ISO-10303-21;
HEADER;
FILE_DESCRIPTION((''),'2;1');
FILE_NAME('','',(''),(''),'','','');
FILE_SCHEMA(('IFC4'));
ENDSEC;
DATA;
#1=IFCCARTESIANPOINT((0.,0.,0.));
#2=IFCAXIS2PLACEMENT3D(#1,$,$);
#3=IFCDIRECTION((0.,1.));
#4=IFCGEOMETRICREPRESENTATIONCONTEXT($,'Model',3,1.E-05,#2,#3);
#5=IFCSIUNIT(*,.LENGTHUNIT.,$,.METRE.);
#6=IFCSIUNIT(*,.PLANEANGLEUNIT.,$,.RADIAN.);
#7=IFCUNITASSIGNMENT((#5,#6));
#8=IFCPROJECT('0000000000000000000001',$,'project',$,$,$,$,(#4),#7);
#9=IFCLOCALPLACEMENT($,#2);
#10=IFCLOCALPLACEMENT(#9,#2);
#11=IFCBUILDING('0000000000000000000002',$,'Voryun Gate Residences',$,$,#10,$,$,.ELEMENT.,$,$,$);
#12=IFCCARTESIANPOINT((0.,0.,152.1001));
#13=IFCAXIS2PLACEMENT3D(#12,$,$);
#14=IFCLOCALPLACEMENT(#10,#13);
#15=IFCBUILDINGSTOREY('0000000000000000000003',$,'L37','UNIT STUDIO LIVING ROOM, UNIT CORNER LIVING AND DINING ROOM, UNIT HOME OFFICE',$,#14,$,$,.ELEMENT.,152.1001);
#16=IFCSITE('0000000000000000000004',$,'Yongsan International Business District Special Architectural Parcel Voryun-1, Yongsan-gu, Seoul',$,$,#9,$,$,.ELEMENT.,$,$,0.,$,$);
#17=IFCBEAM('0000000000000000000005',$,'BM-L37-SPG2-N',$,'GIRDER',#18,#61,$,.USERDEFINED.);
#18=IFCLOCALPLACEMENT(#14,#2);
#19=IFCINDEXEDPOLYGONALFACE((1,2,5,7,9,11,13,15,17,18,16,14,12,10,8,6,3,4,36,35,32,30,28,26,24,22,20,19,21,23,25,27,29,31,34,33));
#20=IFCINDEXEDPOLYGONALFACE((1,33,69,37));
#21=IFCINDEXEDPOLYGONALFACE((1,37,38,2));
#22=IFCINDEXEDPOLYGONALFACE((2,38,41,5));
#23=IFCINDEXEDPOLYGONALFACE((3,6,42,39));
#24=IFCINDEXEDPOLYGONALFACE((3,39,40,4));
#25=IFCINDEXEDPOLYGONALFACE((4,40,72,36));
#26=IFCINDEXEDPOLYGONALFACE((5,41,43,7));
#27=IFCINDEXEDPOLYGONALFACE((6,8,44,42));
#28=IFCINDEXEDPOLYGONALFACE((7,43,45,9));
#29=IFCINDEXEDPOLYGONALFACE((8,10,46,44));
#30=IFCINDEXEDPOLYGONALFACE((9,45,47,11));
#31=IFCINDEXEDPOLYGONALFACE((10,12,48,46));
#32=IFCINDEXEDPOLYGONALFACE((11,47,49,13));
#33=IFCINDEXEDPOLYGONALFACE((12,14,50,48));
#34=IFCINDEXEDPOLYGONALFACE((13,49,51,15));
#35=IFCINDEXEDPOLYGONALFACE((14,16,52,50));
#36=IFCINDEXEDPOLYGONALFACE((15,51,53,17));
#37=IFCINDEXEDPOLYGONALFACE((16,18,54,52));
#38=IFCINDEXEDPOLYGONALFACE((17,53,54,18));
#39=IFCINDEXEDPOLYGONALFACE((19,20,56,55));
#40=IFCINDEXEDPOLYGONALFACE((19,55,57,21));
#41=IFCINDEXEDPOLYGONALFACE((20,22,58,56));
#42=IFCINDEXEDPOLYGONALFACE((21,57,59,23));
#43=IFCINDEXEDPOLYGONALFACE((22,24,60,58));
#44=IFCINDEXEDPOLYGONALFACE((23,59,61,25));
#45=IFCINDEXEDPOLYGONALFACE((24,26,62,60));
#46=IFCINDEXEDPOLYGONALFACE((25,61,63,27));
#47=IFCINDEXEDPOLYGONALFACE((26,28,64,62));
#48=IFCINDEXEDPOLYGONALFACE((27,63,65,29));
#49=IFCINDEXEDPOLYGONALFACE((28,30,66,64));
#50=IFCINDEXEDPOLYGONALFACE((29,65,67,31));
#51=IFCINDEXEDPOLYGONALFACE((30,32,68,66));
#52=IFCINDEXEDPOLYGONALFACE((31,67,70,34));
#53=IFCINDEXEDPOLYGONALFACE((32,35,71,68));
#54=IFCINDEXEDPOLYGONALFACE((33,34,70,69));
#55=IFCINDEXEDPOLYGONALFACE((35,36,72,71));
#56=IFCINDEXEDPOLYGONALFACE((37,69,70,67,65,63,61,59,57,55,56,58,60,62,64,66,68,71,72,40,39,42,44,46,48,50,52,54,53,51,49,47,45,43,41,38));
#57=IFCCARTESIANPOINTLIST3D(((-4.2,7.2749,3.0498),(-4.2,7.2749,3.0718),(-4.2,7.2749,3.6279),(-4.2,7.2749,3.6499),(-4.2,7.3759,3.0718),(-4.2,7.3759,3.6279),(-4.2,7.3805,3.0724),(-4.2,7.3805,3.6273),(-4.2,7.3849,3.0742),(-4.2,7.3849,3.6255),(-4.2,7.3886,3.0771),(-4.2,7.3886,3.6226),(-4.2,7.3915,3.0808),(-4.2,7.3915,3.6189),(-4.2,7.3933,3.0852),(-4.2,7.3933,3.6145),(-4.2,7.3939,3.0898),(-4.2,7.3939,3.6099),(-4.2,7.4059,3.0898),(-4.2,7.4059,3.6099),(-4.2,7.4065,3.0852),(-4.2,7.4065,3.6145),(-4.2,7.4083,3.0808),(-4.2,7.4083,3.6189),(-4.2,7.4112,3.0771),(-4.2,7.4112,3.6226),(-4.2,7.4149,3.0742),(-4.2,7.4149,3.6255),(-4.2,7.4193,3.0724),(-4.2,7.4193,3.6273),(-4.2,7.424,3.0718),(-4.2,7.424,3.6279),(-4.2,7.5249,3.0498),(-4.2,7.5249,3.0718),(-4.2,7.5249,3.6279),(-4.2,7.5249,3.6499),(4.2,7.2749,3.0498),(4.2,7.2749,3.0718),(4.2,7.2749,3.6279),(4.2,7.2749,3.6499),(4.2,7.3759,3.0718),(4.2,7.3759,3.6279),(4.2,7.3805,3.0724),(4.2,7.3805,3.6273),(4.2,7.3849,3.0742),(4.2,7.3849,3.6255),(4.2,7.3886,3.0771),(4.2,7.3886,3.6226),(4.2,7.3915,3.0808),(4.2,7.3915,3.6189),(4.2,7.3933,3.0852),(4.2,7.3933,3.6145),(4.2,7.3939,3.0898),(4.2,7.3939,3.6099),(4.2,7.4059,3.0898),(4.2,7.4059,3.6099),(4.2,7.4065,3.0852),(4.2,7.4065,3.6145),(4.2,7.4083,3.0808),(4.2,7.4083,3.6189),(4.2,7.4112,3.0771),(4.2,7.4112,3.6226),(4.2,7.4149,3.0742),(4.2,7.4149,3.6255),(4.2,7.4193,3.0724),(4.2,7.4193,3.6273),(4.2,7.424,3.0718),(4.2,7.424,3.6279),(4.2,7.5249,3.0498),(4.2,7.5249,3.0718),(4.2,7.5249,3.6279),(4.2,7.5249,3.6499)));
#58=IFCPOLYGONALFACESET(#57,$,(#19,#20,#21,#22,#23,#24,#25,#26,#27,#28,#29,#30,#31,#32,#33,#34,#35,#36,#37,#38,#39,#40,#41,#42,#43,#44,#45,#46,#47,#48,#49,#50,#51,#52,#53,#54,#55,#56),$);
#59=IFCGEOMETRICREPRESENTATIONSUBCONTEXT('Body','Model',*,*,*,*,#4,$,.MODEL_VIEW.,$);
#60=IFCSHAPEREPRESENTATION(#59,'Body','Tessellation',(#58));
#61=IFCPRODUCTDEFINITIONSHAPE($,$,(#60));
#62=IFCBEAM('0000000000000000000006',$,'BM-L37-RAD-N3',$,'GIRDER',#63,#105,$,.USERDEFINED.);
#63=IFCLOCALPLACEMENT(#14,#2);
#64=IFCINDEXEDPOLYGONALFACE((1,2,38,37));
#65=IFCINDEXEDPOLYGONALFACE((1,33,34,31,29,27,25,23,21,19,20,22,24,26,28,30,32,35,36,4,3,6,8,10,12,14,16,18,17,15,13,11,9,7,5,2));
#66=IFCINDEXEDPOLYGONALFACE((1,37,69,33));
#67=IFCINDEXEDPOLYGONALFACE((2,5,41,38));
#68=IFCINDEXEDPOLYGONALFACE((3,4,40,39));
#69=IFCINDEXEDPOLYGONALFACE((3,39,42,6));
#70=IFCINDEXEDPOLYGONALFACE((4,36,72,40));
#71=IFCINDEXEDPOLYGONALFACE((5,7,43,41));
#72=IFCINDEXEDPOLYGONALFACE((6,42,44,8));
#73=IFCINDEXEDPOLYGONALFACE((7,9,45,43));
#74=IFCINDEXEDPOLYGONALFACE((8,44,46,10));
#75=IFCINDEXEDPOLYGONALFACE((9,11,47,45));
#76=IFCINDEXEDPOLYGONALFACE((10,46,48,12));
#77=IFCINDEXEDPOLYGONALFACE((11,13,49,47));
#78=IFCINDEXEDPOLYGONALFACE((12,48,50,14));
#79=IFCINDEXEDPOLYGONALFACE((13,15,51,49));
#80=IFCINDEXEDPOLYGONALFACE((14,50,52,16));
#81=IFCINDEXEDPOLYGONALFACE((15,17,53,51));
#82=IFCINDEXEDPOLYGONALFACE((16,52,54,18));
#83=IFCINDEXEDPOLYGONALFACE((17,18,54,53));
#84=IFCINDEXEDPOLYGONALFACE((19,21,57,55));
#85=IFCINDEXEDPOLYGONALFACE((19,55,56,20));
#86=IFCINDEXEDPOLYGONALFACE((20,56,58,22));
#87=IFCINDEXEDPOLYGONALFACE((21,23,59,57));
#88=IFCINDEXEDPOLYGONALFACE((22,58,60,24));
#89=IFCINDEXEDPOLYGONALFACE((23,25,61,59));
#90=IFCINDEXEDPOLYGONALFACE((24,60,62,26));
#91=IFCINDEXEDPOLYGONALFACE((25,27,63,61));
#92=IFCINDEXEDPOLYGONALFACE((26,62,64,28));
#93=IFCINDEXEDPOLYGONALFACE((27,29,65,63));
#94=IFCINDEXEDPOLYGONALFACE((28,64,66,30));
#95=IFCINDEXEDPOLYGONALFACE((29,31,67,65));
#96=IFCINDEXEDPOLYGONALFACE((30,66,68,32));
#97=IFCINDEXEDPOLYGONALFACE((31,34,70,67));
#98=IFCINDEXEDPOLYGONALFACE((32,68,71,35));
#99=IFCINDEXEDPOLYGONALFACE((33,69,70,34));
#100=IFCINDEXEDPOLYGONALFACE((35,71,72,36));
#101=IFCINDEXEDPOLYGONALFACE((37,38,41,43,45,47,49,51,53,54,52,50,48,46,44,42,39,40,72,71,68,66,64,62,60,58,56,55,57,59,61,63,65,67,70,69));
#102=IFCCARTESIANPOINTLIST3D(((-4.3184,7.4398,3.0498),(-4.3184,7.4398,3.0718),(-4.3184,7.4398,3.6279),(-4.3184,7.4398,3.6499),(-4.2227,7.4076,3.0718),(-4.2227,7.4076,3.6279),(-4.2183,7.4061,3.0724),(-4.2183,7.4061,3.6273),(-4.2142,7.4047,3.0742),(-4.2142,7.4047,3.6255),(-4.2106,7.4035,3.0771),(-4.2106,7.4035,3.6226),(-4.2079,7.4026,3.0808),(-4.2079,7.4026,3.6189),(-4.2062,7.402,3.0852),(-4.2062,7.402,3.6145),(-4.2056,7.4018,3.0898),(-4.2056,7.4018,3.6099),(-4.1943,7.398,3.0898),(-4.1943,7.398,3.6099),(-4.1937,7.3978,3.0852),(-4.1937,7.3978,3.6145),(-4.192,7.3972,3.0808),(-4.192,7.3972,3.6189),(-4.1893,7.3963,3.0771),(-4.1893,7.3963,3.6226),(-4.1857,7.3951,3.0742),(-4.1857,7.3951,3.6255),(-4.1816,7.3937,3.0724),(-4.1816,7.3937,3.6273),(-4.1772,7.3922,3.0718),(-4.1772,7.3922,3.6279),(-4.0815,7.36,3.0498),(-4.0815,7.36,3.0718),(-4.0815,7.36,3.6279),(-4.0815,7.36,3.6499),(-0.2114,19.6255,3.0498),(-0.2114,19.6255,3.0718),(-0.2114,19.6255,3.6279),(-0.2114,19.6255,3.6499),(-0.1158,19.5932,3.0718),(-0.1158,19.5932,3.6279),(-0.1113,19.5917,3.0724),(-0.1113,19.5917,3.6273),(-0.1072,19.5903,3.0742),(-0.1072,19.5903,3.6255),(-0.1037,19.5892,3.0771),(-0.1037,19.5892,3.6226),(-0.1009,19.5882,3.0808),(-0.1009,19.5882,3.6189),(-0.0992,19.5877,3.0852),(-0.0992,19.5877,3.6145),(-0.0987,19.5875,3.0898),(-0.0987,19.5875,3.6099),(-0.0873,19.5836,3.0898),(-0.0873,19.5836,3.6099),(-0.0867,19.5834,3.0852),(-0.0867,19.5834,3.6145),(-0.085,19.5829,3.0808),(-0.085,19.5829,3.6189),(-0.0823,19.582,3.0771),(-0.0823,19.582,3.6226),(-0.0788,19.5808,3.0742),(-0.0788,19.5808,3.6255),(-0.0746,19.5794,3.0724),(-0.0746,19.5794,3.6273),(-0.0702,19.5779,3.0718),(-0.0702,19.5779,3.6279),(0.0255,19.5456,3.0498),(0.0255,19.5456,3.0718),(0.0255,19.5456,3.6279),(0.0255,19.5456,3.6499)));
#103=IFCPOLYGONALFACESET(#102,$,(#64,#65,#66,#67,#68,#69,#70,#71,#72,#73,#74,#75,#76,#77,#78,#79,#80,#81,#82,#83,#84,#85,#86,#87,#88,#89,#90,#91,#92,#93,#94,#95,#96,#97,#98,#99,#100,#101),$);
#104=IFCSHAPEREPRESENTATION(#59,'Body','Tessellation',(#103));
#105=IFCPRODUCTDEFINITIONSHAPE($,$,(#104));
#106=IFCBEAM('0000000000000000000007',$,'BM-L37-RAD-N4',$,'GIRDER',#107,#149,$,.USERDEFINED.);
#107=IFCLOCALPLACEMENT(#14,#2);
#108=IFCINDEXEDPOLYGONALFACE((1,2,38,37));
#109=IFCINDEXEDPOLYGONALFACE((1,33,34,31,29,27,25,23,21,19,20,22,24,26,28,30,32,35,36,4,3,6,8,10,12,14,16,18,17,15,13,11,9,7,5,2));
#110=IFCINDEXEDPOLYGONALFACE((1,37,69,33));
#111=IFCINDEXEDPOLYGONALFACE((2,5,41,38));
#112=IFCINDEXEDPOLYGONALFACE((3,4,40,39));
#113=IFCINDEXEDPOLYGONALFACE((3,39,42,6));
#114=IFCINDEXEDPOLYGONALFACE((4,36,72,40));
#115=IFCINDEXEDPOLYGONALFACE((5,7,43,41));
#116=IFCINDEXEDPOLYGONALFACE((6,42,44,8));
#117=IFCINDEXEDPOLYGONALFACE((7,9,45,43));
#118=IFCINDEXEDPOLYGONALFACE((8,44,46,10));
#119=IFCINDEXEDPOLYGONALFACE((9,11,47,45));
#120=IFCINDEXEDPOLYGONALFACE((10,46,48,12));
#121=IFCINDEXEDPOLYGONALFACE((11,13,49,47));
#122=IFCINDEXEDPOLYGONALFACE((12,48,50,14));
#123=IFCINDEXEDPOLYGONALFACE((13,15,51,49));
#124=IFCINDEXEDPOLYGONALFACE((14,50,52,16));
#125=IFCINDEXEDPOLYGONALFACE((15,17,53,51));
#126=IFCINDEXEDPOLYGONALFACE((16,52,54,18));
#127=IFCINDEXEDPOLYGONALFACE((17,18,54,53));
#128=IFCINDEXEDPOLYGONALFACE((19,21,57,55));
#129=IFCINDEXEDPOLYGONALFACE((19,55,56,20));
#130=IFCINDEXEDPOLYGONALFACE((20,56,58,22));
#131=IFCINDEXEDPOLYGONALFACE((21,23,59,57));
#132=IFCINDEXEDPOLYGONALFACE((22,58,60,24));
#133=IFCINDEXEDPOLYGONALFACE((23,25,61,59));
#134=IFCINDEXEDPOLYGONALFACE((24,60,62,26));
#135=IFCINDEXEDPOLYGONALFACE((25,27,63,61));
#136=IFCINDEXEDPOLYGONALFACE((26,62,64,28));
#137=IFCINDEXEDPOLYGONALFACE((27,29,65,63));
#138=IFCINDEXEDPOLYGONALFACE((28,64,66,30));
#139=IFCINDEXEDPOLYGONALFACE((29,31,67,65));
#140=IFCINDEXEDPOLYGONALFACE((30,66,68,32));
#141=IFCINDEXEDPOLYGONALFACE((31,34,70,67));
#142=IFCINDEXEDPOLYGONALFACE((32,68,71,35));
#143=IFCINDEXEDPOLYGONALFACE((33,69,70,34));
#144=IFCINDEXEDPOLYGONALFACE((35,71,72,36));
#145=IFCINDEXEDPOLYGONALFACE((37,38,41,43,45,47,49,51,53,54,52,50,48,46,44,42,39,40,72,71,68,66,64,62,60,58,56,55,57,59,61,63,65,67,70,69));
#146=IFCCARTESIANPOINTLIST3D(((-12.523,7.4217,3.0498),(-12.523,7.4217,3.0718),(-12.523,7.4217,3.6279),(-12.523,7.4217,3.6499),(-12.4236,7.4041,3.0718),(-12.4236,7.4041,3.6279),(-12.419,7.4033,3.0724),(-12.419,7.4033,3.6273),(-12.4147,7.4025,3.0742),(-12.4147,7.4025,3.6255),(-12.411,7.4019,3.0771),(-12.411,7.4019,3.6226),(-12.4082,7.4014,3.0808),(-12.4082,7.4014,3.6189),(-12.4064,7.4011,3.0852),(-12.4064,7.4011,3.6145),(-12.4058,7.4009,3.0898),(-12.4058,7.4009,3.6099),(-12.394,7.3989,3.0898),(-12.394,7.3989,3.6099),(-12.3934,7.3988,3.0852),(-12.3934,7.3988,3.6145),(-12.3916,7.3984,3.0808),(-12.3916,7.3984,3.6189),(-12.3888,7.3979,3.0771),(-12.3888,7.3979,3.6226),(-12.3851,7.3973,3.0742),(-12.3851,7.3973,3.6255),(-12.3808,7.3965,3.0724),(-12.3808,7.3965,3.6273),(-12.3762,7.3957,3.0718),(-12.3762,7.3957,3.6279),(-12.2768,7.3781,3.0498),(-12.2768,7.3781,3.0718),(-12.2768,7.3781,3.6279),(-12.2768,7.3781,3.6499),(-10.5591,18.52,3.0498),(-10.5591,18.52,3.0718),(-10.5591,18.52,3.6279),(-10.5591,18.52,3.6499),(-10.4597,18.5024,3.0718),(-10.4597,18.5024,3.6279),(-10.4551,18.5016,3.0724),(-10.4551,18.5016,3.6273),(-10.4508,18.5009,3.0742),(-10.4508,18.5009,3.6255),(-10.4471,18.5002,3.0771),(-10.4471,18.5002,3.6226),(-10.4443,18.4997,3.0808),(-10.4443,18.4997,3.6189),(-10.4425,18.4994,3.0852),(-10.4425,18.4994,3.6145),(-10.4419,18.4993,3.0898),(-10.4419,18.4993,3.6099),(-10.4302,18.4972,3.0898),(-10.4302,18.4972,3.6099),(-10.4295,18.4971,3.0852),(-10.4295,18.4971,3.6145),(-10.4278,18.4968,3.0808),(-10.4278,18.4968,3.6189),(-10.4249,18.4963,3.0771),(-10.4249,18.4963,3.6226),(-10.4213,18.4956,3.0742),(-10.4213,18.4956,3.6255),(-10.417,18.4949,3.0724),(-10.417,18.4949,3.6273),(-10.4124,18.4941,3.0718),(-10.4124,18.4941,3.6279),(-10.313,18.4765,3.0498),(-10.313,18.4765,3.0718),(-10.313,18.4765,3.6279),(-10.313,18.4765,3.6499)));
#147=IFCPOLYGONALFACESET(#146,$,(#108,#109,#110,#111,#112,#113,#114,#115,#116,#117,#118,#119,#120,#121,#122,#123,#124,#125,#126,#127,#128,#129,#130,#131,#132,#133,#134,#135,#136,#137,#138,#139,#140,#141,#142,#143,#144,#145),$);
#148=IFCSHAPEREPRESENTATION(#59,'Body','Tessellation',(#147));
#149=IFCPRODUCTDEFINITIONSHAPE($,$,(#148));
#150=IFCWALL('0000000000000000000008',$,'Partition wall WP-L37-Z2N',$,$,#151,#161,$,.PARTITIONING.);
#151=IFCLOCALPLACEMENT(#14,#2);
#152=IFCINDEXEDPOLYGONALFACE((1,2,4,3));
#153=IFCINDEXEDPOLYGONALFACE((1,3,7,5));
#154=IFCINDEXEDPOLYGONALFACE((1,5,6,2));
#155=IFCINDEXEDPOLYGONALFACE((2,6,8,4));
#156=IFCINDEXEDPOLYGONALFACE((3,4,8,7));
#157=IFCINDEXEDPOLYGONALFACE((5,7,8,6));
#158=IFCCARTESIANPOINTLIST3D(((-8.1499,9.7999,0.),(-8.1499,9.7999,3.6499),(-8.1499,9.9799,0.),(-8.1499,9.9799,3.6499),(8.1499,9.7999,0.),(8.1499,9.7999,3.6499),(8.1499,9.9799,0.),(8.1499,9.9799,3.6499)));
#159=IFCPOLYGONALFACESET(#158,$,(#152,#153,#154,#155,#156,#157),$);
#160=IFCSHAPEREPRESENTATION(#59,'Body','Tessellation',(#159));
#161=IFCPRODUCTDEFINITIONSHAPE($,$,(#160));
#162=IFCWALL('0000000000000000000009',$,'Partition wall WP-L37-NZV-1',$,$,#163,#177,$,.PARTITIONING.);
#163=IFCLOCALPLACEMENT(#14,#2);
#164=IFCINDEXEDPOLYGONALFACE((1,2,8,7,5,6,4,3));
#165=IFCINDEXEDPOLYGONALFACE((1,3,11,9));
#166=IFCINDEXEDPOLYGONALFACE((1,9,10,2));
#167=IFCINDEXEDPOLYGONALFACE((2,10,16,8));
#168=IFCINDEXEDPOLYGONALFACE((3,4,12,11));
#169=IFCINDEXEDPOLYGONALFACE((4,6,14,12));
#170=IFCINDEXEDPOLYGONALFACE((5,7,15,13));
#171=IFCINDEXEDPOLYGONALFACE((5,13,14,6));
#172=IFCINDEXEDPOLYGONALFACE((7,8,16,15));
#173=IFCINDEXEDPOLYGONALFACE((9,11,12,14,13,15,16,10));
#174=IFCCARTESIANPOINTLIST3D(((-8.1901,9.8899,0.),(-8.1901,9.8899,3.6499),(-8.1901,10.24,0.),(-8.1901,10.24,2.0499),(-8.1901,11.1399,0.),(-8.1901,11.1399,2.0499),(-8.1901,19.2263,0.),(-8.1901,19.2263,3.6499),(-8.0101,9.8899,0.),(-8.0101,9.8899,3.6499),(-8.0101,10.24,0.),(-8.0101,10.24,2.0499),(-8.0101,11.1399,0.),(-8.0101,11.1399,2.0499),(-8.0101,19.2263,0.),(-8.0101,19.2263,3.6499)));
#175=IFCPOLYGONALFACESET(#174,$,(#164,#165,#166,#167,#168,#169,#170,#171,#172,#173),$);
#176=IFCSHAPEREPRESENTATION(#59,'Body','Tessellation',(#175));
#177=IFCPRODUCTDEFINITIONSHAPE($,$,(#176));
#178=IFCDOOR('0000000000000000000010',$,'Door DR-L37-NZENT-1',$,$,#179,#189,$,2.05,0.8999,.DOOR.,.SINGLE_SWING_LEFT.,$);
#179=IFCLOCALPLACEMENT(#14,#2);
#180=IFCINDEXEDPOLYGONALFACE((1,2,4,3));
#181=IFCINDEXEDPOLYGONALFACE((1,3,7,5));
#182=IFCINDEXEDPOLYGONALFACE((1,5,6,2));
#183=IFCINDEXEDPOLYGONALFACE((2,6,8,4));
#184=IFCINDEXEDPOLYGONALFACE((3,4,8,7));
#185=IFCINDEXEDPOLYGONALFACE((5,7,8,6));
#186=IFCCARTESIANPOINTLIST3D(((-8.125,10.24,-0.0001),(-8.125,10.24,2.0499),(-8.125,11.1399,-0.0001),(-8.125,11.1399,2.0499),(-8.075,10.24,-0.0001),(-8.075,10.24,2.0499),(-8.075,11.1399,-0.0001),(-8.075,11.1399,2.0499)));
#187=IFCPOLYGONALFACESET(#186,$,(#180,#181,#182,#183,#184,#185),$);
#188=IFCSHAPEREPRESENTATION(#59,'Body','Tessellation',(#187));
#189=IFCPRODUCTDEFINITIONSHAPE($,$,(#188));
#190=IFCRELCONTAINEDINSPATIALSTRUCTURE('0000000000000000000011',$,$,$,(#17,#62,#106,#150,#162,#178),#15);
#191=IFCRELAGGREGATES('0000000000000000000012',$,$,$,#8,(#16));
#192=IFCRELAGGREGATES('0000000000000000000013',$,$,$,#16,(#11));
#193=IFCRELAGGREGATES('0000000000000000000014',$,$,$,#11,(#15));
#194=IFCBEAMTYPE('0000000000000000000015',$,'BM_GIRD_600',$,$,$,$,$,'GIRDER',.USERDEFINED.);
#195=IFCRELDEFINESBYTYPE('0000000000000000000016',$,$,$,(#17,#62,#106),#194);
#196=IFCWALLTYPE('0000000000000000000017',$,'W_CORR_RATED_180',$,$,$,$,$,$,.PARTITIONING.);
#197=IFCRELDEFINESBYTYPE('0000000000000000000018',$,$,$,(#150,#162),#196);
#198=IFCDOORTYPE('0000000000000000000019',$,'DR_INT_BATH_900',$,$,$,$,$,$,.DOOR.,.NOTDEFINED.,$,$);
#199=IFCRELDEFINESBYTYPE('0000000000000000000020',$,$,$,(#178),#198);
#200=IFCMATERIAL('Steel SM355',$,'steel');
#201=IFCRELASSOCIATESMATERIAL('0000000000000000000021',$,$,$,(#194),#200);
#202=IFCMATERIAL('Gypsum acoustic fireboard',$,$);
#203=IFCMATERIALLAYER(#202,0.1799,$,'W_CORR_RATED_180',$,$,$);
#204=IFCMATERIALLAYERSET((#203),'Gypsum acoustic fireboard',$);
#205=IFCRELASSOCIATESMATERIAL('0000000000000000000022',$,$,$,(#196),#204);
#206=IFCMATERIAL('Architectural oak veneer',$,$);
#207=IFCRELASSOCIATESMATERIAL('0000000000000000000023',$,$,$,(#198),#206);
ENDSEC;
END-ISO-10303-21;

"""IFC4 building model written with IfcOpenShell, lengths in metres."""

from ifc_helpers import new_model, si_unit, direction, frame, frame_2d, origin, origin_2d, place, context, subcontext, project, spatial, rectangle, i_section, extrude, material, layer, layer_set, material_profile, profile_set, type_object, element, fill, save


model = new_model("IFC4")

# Units and contexts
model_context = context("Model", 3, precision=1e-05, world=origin(), true_north=direction((0.0, 1.0)))
body_context = subcontext(model_context, "Body", "Model", "MODEL_VIEW")
ifc_project = project(units=[si_unit("LENGTHUNIT", "METRE"), si_unit("PLANEANGLEUNIT", "RADIAN")], contexts=[model_context])

# Site, building, storey
site_placement = place(None, origin())
site = spatial("IfcSite", under=ifc_project, at=site_placement, Name="Yongsan International Business District Special Architectural Parcel Voryun-1, Yongsan-gu, Seoul", CompositionType="ELEMENT", RefElevation=0.0)
building_placement = place(site_placement, origin())
building = spatial("IfcBuilding", under=site, at=building_placement, Name="Voryun Gate Residences", CompositionType="ELEMENT")
storey_placement = place(building_placement, frame((0.0, 0.0, 152.1001)))
storey = spatial("IfcBuildingStorey", under=building, at=storey_placement, Name="L37", Description="UNIT STUDIO LIVING ROOM, UNIT CORNER LIVING AND DINING ROOM, UNIT HOME OFFICE", CompositionType="ELEMENT", Elevation=152.1001)

# Beams
ifc_material_1 = material(Name="Steel SM355", Category="steel")
ifc_material_profile_1 = material_profile(ifc_material_1, i_section(OverallWidth=0.25, OverallDepth=0.6001, WebThickness=0.012, FlangeThickness=0.022, FilletRadius=0.0181, at=origin_2d()), Name="H-600x250x12x22")
ifc_profile_set_1 = profile_set([ifc_material_profile_1], Name="Steel SM355")
beam_type_1 = type_object("IfcBeamType", Name="BM_GIRD_600", ElementType="GIRDER", PredefinedType="USERDEFINED", material=ifc_profile_set_1)
beam_1_placement = place(storey_placement, frame((-4.2, 7.3999, 3.3499), z_axis=(1.0, 0.0, 0.0), x_axis=(0.0, 1.0, 0.0)))
element("IfcBeam", 1, at=beam_1_placement, inside=storey, type_object=beam_type_1, Name="BM-L37-SPG2-N", ObjectType="GIRDER", PredefinedType="USERDEFINED", context=body_context, shape_type="SweptSolid", body=[
    extrude(i_section(OverallWidth=0.25, OverallDepth=0.6001, WebThickness=0.012, FlangeThickness=0.022, FilletRadius=0.0181, at=origin_2d()), origin(), (0.0, 0.0, 1.0), 8.3999),
])
beam_2_placement = place(storey_placement, frame((-4.2, 7.3999, 3.3499), z_axis=(0.319381, 0.947626, 0.0), x_axis=(-0.947626, 0.319381, 0.0)))
element("IfcBeam", 2, at=beam_2_placement, inside=storey, type_object=beam_type_1, Name="BM-L37-RAD-N3", ObjectType="GIRDER", PredefinedType="USERDEFINED", context=body_context, shape_type="SweptSolid", body=[
    extrude(i_section(OverallWidth=0.25, OverallDepth=0.6001, WebThickness=0.012, FlangeThickness=0.022, FilletRadius=0.0181, at=origin_2d()), origin(), (0.0, 0.0, 1.0), 12.8591),
])
beam_3_placement = place(storey_placement, frame((-12.3999, 7.3999, 3.3499), z_axis=(0.174244, 0.984703, 0.0), x_axis=(-0.984703, 0.174244, 0.0)))
element("IfcBeam", 3, at=beam_3_placement, inside=storey, type_object=beam_type_1, Name="BM-L37-RAD-N4", ObjectType="GIRDER", PredefinedType="USERDEFINED", context=body_context, shape_type="SweptSolid", body=[
    extrude(i_section(OverallWidth=0.25, OverallDepth=0.6001, WebThickness=0.012, FlangeThickness=0.022, FilletRadius=0.0181, at=origin_2d()), origin(), (0.0, 0.0, 1.0), 11.2708),
])

# Wall
ifc_material_2 = material(Name="Gypsum acoustic fireboard")
ifc_layer_1 = layer(ifc_material_2, 0.1799, Name="W_CORR_RATED_180")
ifc_layer_set_1 = layer_set([ifc_layer_1], Name="Gypsum acoustic fireboard")
wall_type_1 = type_object("IfcWallType", Name="W_CORR_RATED_180", PredefinedType="PARTITIONING", material=ifc_layer_set_1)
wall_1_placement = place(storey_placement, frame((-8.1499, 9.8899, 0.0), z_axis=(0.0, 0.0, 1.0), x_axis=(1.0, 0.0, 0.0)))
element("IfcWall", 4, at=wall_1_placement, inside=storey, type_object=wall_type_1, Name="Partition wall WP-L37-Z2N", PredefinedType="PARTITIONING", context=body_context, shape_type="SweptSolid", body=[
    extrude(rectangle(XDim=16.2998, YDim=0.1799, at=frame_2d((8.1499, 0.0))), origin(), (0.0, 0.0, 1.0), 3.6499),
])

# Wall, opening, door
wall_2_placement = place(storey_placement, frame((-8.1001, 9.8899, 0.0), z_axis=(0.0, 0.0, 1.0), x_axis=(0.0, 1.0, 0.0)))
wall_2 = element("IfcWall", 5, at=wall_2_placement, inside=storey, type_object=wall_type_1, Name="Partition wall WP-L37-NZV-1", PredefinedType="PARTITIONING", context=body_context, shape_type="SweptSolid", body=[
    extrude(rectangle(XDim=9.3364, YDim=0.1799, at=frame_2d((4.6682, 0.0))), origin(), (0.0, 0.0, 1.0), 3.6499),
])
opening_1_placement = place(wall_2_placement, frame((0.3501, 0.0, 0.0)))
opening_1 = element("IfcOpeningElement", 6, at=opening_1_placement, cuts=wall_2, PredefinedType="OPENING", context=body_context, shape_type="SweptSolid", body=[
    extrude(rectangle(XDim=0.8999, YDim=2.05, at=frame_2d((0.45, 1.0249))), frame((0.0, 0.0999, 0.0), z_axis=(0.0, -1.0, 0.0), x_axis=(1.0, 0.0, 0.0)), (0.0, 0.0, 1.0), 0.2),
])
ifc_material_3 = material(Name="Architectural oak veneer")
door_type = type_object("IfcDoorType", Name="DR_INT_BATH_900", OperationType="NOTDEFINED", PredefinedType="DOOR", material=ifc_material_3)
door_1_placement = place(opening_1_placement, origin())
door_1 = element("IfcDoor", 7, at=door_1_placement, inside=storey, type_object=door_type, Name="Door DR-L37-NZENT-1", OperationType="SINGLE_SWING_LEFT", OverallHeight=2.05, OverallWidth=0.8999, PredefinedType="DOOR", context=body_context, shape_type="SweptSolid", body=[
    extrude(rectangle(XDim=0.8999, YDim=2.05, at=frame_2d((0.45, 1.0249))), frame((0.0, 0.0249, 0.0), z_axis=(0.0, -1.0, 0.0), x_axis=(1.0, 0.0, 0.0)), (0.0, 0.0, 1.0), 0.05),
])
fill(opening_1, door_1)

save(model, "model.ifc")
